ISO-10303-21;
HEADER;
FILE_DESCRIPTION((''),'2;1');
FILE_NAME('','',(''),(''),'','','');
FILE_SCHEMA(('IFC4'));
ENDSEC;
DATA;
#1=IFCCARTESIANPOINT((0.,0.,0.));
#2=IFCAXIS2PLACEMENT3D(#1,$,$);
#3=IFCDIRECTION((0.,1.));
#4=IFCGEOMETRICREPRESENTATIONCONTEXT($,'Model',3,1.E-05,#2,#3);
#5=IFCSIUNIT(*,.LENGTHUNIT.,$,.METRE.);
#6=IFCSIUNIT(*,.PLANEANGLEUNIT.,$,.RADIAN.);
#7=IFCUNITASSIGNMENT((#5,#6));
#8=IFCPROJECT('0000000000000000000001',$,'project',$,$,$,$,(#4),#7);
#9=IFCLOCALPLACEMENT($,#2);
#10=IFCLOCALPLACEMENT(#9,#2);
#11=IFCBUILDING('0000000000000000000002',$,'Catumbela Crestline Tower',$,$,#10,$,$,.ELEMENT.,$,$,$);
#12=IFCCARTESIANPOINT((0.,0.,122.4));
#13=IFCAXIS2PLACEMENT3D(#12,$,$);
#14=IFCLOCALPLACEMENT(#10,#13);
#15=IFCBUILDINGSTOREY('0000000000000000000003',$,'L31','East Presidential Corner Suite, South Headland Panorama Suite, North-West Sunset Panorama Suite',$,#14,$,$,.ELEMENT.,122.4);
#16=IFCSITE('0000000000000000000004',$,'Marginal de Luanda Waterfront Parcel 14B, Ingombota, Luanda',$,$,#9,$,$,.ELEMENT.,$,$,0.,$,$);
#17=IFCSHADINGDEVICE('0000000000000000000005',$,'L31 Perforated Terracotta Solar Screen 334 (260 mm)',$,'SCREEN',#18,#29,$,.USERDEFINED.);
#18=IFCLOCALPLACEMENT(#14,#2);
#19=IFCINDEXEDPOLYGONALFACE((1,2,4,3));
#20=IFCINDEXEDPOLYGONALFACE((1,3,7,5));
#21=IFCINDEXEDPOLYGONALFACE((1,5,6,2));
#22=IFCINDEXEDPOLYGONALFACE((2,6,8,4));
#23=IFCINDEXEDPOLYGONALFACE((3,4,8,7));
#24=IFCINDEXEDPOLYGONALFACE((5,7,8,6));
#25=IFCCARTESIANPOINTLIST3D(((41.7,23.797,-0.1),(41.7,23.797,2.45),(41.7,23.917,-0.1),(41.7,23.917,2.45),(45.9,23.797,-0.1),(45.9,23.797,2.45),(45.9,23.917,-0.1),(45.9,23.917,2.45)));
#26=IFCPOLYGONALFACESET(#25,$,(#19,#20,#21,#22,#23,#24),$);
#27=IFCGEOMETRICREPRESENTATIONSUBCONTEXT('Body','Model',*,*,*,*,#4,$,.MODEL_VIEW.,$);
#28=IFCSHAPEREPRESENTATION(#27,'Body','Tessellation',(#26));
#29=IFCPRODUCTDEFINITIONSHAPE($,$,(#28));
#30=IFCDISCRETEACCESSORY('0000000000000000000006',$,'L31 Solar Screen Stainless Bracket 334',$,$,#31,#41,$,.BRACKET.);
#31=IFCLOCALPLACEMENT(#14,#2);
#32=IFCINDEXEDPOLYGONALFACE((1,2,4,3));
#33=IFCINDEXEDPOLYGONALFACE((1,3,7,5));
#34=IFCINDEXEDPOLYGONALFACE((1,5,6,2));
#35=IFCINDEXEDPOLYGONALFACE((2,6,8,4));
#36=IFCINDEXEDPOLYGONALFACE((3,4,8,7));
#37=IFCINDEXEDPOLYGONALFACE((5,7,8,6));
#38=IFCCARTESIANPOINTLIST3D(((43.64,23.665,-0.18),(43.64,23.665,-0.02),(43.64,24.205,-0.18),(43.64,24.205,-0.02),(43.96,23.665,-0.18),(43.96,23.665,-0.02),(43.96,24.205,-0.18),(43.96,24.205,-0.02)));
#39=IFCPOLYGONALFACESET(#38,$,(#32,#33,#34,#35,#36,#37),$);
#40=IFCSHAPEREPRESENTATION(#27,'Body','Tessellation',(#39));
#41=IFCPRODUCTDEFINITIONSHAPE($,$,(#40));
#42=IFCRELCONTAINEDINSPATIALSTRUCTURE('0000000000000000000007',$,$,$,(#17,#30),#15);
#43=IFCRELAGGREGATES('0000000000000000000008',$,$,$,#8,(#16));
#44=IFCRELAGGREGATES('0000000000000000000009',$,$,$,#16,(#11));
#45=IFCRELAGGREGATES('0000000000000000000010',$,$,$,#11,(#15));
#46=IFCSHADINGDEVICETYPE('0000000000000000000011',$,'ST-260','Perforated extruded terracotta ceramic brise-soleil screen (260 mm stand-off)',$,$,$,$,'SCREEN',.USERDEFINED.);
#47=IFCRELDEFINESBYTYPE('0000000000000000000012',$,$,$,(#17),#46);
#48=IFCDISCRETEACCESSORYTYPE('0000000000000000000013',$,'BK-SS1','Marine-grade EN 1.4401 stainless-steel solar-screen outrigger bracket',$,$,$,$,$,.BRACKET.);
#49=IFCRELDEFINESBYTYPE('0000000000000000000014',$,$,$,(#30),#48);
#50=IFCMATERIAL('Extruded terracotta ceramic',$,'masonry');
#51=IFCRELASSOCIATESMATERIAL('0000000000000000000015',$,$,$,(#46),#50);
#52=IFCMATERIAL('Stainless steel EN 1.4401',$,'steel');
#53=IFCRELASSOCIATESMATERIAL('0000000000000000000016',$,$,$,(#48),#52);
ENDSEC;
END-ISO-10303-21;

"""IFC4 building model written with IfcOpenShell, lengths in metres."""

from ifc_helpers import new_model, si_unit, direction, frame, origin, origin_2d, place, context, subcontext, project, spatial, rectangle, extrude, material, type_object, element, save


model = new_model("IFC4")

# Units and contexts
model_context = context("Model", 3, precision=1e-05, world=origin(), true_north=direction((0.0, 1.0)))
body_context = subcontext(model_context, "Body", "Model", "MODEL_VIEW")
ifc_project = project(units=[si_unit("LENGTHUNIT", "METRE"), si_unit("PLANEANGLEUNIT", "RADIAN")], contexts=[model_context])

# Site, building, storey
site_placement = place(None, origin())
site = spatial("IfcSite", under=ifc_project, at=site_placement, Name="Marginal de Luanda Waterfront Parcel 14B, Ingombota, Luanda", CompositionType="ELEMENT", RefElevation=0.0)
building_placement = place(site_placement, origin())
building = spatial("IfcBuilding", under=site, at=building_placement, Name="Catumbela Crestline Tower", CompositionType="ELEMENT")
storey_placement = place(building_placement, frame((0.0, 0.0, 122.4)))
storey = spatial("IfcBuildingStorey", under=building, at=storey_placement, Name="L31", Description="East Presidential Corner Suite, South Headland Panorama Suite, North-West Sunset Panorama Suite", CompositionType="ELEMENT", Elevation=122.4)

# Shading device
ifc_material_1 = material(Name="Extruded terracotta ceramic", Category="masonry")
shading_device_type = type_object("IfcShadingDeviceType", Name="ST-260", Description="Perforated extruded terracotta ceramic brise-soleil screen (260 mm stand-off)", ElementType="SCREEN", PredefinedType="USERDEFINED", material=ifc_material_1)
shading_device_placement = place(storey_placement, frame((43.8, 23.857, -0.1), z_axis=(0.0, 0.0, 1.0), x_axis=(1.0, 0.0, 0.0)))
element("IfcShadingDevice", 1, at=shading_device_placement, inside=storey, type_object=shading_device_type, Name="L31 Perforated Terracotta Solar Screen 334 (260 mm)", ObjectType="SCREEN", PredefinedType="USERDEFINED", context=body_context, shape_type="SweptSolid", body=[
    extrude(rectangle(XDim=4.2, YDim=0.12, at=origin_2d()), origin(), (0.0, 0.0, 1.0), 2.55),
])

# Discrete accessory
ifc_material_2 = material(Name="Stainless steel EN 1.4401", Category="steel")
discrete_accessory_type = type_object("IfcDiscreteAccessoryType", Name="BK-SS1", Description="Marine-grade EN 1.4401 stainless-steel solar-screen outrigger bracket", PredefinedType="BRACKET", material=ifc_material_2)
discrete_accessory_placement = place(storey_placement, frame((43.8, 23.935, -0.18), z_axis=(0.0, 0.0, 1.0), x_axis=(1.0, 0.0, 0.0)))
element("IfcDiscreteAccessory", 2, at=discrete_accessory_placement, inside=storey, type_object=discrete_accessory_type, Name="L31 Solar Screen Stainless Bracket 334", PredefinedType="BRACKET", context=body_context, shape_type="SweptSolid", body=[
    extrude(rectangle(XDim=0.32, YDim=0.54, at=origin_2d()), origin(), (0.0, 0.0, 1.0), 0.16),
])

save(model, "model.ifc")
